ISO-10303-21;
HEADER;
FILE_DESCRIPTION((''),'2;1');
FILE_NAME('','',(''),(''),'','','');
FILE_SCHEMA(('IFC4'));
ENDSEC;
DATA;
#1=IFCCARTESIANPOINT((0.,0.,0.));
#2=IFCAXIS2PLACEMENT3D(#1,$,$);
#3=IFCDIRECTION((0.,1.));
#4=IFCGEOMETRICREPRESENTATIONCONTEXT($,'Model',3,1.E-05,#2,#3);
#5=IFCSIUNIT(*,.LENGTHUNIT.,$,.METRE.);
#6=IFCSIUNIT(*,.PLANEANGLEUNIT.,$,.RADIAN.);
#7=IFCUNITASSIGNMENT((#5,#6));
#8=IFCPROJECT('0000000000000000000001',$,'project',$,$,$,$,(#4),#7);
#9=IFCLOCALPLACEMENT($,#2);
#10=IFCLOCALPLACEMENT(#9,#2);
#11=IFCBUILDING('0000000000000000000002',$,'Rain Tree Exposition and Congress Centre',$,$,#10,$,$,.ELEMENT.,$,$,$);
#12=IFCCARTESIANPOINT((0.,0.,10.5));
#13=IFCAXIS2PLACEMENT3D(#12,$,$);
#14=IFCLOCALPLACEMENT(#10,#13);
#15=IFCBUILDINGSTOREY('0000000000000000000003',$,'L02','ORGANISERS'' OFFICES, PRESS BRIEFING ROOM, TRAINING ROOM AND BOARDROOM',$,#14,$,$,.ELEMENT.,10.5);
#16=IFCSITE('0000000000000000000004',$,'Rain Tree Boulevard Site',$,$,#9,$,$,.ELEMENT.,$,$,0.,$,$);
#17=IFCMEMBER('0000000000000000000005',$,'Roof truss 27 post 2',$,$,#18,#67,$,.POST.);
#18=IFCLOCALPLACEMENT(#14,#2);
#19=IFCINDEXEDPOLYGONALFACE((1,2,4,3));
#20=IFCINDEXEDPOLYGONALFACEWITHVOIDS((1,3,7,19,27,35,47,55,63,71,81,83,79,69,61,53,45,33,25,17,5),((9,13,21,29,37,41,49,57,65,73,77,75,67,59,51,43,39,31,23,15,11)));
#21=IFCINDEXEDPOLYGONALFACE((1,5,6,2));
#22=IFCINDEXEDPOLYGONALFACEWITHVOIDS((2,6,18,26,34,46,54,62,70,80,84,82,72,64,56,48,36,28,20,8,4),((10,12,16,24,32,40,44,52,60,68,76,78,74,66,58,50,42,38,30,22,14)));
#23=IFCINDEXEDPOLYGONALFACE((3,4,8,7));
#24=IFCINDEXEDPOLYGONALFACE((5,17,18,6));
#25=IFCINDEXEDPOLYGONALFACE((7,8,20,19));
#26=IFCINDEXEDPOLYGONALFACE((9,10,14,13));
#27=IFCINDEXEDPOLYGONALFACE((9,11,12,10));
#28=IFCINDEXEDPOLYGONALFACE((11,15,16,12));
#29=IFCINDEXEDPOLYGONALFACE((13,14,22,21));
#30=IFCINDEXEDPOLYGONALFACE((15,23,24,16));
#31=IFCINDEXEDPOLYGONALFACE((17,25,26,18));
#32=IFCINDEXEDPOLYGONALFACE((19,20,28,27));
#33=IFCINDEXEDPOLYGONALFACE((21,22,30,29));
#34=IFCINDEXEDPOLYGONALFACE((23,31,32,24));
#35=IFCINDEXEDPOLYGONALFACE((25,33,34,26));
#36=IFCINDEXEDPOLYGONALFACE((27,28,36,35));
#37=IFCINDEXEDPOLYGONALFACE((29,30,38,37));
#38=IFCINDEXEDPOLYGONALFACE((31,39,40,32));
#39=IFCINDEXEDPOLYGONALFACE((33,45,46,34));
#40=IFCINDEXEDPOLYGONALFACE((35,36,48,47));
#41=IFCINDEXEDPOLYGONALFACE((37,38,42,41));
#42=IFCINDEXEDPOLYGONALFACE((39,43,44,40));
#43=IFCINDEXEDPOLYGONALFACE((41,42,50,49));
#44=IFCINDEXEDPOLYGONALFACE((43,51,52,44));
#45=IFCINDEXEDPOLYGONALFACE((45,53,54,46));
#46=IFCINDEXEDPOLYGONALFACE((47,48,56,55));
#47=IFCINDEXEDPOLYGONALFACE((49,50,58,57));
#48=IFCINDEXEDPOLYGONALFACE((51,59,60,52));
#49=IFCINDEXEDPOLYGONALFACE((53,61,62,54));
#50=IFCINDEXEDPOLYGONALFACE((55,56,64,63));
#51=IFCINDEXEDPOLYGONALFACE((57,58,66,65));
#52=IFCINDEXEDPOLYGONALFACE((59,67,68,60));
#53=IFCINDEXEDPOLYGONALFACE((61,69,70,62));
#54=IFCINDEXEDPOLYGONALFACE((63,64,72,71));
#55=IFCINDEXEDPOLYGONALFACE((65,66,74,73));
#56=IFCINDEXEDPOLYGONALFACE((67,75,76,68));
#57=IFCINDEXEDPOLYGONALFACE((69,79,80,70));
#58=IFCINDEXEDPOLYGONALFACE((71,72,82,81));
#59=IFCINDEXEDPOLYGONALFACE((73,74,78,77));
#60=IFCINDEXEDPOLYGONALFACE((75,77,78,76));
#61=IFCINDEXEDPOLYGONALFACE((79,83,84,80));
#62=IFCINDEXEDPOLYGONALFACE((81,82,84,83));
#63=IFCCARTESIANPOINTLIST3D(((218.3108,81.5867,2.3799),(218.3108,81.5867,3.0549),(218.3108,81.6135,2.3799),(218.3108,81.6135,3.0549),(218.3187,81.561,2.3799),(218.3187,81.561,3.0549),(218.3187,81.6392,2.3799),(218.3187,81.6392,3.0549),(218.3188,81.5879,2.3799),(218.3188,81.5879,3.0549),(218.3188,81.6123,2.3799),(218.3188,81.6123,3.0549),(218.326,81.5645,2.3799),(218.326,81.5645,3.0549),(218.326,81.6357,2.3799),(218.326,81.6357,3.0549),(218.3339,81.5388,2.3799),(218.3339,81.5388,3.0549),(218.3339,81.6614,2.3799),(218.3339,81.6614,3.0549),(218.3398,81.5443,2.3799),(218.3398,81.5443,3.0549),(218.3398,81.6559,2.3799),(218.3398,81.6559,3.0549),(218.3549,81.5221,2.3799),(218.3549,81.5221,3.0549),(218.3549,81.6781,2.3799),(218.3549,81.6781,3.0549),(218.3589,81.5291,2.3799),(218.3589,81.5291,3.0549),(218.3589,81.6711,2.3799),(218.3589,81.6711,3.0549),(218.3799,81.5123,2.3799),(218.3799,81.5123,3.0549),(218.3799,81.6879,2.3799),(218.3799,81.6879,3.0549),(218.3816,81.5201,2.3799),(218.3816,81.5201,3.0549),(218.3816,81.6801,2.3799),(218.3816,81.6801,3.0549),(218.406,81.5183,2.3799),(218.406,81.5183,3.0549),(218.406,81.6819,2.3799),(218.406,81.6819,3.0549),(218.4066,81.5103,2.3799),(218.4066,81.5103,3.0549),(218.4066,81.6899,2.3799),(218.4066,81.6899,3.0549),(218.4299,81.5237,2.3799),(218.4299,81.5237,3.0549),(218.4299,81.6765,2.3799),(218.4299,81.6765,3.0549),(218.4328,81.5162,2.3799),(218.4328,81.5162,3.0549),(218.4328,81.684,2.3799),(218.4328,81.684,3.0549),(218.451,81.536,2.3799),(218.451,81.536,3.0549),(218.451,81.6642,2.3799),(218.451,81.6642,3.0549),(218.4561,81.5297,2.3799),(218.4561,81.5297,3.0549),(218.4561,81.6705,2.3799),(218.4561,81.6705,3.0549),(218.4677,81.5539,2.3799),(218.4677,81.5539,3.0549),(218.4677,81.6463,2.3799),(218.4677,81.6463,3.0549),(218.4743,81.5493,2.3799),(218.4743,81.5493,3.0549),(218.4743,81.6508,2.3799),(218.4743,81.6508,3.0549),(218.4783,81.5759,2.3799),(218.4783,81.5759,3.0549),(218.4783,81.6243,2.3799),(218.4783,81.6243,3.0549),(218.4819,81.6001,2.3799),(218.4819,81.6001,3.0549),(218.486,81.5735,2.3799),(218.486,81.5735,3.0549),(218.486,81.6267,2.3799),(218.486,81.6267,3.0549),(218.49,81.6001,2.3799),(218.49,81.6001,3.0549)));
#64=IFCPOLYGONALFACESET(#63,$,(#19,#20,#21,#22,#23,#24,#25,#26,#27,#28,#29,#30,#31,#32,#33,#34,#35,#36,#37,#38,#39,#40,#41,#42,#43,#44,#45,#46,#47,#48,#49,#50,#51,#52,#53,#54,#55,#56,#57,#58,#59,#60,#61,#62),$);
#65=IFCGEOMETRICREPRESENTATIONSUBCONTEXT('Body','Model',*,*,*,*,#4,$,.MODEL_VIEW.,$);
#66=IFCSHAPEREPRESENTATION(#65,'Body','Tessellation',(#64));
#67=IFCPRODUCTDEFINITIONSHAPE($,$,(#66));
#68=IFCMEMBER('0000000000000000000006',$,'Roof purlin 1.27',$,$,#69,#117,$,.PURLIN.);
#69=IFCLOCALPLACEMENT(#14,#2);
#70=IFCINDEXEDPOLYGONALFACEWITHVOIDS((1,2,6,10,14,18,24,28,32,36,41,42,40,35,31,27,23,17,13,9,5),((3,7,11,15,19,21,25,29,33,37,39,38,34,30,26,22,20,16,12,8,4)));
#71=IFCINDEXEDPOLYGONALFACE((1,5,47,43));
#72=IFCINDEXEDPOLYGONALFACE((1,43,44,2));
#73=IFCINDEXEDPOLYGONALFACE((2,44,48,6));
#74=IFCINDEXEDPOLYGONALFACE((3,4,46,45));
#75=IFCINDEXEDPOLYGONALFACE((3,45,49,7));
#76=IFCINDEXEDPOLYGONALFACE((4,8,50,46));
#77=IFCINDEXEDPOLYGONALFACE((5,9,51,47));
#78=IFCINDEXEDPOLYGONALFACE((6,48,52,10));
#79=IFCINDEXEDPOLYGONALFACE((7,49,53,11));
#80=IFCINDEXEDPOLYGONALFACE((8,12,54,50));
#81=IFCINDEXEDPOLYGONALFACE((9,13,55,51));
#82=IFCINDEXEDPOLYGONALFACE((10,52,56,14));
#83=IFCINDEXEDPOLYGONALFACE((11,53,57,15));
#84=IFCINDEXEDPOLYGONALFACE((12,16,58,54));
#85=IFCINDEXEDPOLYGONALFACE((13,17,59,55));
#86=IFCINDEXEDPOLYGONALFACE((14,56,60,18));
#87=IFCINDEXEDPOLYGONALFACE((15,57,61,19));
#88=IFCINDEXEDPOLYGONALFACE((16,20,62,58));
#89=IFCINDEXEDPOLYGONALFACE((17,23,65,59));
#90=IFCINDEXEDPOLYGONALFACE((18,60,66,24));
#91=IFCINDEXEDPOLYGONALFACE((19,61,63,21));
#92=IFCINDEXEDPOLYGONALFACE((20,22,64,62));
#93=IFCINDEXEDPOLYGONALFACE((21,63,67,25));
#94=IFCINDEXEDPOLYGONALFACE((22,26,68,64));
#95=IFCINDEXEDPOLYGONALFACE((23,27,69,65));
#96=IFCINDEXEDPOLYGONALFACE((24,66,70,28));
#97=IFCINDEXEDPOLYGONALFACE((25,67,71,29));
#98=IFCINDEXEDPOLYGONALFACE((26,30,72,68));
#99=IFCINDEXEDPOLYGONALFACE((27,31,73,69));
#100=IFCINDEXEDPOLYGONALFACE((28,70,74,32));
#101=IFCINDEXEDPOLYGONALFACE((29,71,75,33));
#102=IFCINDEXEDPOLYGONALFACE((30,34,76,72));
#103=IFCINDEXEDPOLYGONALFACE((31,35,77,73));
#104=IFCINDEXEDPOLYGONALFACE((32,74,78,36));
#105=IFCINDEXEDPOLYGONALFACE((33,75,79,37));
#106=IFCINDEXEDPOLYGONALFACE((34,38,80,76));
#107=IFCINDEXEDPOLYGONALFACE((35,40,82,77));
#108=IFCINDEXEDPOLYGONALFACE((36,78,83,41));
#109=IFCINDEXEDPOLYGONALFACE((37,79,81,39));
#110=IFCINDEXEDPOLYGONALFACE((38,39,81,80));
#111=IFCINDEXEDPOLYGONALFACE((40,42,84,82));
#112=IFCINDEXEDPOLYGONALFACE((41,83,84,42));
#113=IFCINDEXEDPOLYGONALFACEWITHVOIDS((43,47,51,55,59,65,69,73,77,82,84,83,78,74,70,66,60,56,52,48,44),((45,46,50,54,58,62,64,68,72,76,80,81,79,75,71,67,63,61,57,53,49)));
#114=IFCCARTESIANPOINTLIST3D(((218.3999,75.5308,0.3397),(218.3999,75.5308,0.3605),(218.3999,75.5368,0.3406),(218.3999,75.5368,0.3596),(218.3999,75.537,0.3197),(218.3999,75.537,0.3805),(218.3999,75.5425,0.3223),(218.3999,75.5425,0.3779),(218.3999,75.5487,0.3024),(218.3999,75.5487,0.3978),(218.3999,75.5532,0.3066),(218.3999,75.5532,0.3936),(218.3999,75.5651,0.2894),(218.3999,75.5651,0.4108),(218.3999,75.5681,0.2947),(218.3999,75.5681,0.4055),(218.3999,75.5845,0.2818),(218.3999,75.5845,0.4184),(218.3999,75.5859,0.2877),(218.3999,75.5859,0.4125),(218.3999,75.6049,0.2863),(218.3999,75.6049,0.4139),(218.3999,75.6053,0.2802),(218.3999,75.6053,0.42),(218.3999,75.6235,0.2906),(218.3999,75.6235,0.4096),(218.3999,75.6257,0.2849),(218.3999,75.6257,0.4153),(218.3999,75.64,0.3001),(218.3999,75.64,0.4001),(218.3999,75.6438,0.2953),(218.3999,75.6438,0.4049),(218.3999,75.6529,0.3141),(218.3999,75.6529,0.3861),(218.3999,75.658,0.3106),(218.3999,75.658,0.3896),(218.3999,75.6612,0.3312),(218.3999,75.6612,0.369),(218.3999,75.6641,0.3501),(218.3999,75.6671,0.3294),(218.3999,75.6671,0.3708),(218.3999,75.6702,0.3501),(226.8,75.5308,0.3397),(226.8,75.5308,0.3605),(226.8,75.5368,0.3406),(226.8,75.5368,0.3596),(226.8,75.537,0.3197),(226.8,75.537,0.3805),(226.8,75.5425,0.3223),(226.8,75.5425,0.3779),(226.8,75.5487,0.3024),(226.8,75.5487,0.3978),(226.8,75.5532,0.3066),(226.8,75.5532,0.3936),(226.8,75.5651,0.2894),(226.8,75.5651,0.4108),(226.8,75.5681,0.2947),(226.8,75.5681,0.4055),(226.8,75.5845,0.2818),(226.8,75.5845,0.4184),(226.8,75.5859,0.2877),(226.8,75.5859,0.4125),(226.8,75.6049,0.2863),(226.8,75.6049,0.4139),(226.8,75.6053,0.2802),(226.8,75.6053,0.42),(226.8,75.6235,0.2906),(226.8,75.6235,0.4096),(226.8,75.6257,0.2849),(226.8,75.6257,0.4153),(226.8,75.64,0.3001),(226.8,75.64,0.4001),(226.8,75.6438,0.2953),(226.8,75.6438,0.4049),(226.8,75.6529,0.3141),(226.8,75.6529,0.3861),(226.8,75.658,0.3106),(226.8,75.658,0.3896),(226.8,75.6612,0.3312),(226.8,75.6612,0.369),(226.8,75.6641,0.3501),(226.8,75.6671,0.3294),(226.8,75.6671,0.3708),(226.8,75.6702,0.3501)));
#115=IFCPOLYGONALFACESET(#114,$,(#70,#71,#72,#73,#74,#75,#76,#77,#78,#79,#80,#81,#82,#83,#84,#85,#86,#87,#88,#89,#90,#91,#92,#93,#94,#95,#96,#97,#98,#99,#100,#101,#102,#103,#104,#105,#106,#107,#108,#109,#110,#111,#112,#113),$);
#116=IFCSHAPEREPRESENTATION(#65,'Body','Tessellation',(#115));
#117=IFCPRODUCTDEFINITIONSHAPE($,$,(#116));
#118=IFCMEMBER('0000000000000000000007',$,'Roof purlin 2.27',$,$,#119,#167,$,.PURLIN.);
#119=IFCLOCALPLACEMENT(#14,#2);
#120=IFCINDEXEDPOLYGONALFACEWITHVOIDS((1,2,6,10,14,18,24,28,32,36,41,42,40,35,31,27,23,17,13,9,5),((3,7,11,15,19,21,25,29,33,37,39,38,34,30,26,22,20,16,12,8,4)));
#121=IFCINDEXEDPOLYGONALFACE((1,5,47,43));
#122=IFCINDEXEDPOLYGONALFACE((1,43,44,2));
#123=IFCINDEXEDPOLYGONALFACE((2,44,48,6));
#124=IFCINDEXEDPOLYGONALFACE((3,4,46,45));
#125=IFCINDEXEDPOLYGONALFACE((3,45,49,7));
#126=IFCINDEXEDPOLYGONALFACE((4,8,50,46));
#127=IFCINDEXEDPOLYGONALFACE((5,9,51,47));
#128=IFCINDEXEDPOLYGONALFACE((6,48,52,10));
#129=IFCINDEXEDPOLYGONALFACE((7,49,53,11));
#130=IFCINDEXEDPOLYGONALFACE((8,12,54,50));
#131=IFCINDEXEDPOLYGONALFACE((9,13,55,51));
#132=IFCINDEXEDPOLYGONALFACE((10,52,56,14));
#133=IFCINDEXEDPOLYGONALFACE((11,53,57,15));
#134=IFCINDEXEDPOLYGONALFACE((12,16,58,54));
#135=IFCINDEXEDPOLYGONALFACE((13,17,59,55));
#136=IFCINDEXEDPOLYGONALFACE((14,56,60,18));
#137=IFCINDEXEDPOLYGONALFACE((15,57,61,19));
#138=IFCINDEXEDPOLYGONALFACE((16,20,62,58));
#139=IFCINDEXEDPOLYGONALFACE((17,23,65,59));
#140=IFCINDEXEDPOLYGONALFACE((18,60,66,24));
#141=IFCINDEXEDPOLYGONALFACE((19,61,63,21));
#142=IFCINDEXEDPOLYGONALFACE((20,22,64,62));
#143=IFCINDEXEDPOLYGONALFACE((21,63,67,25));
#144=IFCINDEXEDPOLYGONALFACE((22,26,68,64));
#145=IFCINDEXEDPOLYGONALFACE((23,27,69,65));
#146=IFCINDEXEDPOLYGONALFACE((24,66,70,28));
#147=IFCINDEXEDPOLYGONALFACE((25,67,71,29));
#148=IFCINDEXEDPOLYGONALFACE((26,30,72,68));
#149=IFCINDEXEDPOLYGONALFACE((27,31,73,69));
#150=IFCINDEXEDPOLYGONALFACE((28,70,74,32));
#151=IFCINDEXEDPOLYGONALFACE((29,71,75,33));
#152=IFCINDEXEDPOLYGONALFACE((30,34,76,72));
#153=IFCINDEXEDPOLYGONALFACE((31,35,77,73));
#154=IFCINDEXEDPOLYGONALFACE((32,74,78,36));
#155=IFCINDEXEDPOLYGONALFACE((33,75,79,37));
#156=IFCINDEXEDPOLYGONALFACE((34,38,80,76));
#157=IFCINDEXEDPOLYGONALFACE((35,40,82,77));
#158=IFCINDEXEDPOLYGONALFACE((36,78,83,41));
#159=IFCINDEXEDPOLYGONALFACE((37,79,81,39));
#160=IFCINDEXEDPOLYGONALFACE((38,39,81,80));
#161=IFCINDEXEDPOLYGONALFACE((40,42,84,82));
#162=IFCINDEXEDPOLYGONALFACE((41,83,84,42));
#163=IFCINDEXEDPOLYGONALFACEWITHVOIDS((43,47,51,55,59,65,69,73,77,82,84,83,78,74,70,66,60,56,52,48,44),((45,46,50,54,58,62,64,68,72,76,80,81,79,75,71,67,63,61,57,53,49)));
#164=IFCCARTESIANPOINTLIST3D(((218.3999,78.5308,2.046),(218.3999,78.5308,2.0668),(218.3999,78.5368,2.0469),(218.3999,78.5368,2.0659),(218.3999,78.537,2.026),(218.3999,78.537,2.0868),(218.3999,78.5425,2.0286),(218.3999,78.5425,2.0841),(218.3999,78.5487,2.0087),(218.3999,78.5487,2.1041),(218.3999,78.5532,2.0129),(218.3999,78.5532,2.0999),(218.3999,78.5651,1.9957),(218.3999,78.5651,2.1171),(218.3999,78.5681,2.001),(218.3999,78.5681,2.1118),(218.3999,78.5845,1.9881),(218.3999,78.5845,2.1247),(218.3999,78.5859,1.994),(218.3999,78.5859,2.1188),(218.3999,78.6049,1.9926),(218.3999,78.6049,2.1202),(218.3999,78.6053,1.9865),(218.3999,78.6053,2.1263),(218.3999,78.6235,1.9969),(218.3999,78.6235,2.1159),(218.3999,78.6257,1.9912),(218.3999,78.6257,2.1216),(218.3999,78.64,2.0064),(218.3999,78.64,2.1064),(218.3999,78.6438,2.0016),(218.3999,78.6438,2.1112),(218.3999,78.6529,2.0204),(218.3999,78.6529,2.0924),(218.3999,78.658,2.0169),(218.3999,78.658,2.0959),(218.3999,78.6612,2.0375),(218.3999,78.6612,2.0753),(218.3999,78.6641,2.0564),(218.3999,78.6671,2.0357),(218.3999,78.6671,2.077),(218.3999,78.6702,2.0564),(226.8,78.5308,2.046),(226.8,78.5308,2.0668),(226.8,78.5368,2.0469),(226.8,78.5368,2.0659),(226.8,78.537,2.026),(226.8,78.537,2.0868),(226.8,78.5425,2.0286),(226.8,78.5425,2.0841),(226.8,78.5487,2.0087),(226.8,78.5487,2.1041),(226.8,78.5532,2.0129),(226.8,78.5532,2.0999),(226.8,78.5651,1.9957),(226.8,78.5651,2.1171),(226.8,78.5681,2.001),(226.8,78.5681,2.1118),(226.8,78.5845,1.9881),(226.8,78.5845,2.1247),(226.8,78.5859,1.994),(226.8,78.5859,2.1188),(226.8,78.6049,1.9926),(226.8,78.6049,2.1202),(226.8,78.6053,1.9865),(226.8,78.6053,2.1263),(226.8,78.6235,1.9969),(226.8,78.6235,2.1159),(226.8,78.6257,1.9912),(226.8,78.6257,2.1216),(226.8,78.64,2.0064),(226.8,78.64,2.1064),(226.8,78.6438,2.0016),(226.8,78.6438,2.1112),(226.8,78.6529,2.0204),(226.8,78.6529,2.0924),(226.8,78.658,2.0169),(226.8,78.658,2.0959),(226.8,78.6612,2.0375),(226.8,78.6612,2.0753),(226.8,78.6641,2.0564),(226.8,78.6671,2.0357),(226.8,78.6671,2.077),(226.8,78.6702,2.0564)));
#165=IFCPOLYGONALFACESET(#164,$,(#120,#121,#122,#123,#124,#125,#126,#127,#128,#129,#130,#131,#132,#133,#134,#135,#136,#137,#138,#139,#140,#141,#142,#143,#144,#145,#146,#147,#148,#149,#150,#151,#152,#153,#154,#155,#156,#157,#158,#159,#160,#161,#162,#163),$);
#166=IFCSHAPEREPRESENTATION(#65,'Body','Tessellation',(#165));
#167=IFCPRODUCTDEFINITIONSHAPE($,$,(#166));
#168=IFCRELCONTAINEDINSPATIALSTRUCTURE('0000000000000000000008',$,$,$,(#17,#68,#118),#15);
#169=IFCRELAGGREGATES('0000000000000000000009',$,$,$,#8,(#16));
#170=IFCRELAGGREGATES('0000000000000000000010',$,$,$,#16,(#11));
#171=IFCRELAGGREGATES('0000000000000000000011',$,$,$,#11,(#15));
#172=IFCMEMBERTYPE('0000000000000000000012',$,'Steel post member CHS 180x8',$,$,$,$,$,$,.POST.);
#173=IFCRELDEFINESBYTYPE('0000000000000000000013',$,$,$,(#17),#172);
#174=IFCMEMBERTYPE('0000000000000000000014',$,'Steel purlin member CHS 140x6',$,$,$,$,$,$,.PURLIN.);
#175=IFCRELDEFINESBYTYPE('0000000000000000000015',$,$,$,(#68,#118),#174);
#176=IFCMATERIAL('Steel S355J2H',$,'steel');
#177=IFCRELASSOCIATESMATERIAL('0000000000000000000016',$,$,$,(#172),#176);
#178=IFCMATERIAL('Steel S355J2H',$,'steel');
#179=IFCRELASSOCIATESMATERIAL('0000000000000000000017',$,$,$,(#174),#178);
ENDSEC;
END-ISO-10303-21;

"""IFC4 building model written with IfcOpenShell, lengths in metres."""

from ifc_helpers import new_model, si_unit, direction, frame, origin, origin_2d, place, context, subcontext, project, spatial, hollow_circle, extrude, material, material_profile, profile_set, type_object, element, save


model = new_model("IFC4")

# Units and contexts
model_context = context("Model", 3, precision=1e-05, world=origin(), true_north=direction((0.0, 1.0)))
body_context = subcontext(model_context, "Body", "Model", "MODEL_VIEW")
ifc_project = project(units=[si_unit("LENGTHUNIT", "METRE"), si_unit("PLANEANGLEUNIT", "RADIAN")], contexts=[model_context])

# Site, building, storey
site_placement = place(None, origin())
site = spatial("IfcSite", under=ifc_project, at=site_placement, Name="Rain Tree Boulevard Site", CompositionType="ELEMENT", RefElevation=0.0)
building_placement = place(site_placement, origin())
building = spatial("IfcBuilding", under=site, at=building_placement, Name="Rain Tree Exposition and Congress Centre", CompositionType="ELEMENT")
storey_placement = place(building_placement, frame((0.0, 0.0, 10.5)))
storey = spatial("IfcBuildingStorey", under=building, at=storey_placement, Name="L02", Description="ORGANISERS' OFFICES, PRESS BRIEFING ROOM, TRAINING ROOM AND BOARDROOM", CompositionType="ELEMENT", Elevation=10.5)

# Members
ifc_material_1 = material(Name="Steel S355J2H", Category="steel")
ifc_material_profile_1 = material_profile(ifc_material_1, hollow_circle(Radius=0.0901, WallThickness=0.0081, at=origin_2d()), Name="CHS 180x8")
ifc_profile_set_1 = profile_set([ifc_material_profile_1], Name="Steel S355J2H")
member_type_1 = type_object("IfcMemberType", Name="Steel post member CHS 180x8", PredefinedType="POST", material=ifc_profile_set_1)
member_1_placement = place(storey_placement, frame((218.3999, 81.6001, 2.3799), z_axis=(0.0, 0.0, 1.0), x_axis=(1.0, 0.0, 0.0)))
element("IfcMember", 1, at=member_1_placement, inside=storey, type_object=member_type_1, Name="Roof truss 27 post 2", PredefinedType="POST", context=body_context, shape_type="SweptSolid", body=[
    extrude(hollow_circle(Radius=0.0901, WallThickness=0.0081, at=origin_2d()), origin(), (0.0, 0.0, 1.0), 0.675),
])
ifc_material_2 = material(Name="Steel S355J2H", Category="steel")
ifc_material_profile_2 = material_profile(ifc_material_2, hollow_circle(Radius=0.0701, WallThickness=0.0061, at=origin_2d()), Name="CHS 140x6")
ifc_profile_set_2 = profile_set([ifc_material_profile_2], Name="Steel S355J2H")
member_type_2 = type_object("IfcMemberType", Name="Steel purlin member CHS 140x6", PredefinedType="PURLIN", material=ifc_profile_set_2)
for number, where, z_axis, x_axis, name in (
    (2, (218.3999, 75.6001, 0.3501), (1.0, 0.0, 0.0), (0.0, 1.0, 0.0), "Roof purlin 1.27"),
    (3, (218.3999, 78.6001, 2.0564), (1.0, 0.0, 0.0), (0.0, 1.0, 0.0), "Roof purlin 2.27"),
):
    element("IfcMember", number, at=place(storey_placement, frame(where, z_axis=z_axis, x_axis=x_axis)), inside=storey, type_object=member_type_2, Name=name, PredefinedType="PURLIN", context=body_context, shape_type="SweptSolid", body=[
        extrude(hollow_circle(Radius=0.0701, WallThickness=0.0061, at=origin_2d()), origin(), (0.0, 0.0, 1.0), 8.4001),
    ])

save(model, "model.ifc")
